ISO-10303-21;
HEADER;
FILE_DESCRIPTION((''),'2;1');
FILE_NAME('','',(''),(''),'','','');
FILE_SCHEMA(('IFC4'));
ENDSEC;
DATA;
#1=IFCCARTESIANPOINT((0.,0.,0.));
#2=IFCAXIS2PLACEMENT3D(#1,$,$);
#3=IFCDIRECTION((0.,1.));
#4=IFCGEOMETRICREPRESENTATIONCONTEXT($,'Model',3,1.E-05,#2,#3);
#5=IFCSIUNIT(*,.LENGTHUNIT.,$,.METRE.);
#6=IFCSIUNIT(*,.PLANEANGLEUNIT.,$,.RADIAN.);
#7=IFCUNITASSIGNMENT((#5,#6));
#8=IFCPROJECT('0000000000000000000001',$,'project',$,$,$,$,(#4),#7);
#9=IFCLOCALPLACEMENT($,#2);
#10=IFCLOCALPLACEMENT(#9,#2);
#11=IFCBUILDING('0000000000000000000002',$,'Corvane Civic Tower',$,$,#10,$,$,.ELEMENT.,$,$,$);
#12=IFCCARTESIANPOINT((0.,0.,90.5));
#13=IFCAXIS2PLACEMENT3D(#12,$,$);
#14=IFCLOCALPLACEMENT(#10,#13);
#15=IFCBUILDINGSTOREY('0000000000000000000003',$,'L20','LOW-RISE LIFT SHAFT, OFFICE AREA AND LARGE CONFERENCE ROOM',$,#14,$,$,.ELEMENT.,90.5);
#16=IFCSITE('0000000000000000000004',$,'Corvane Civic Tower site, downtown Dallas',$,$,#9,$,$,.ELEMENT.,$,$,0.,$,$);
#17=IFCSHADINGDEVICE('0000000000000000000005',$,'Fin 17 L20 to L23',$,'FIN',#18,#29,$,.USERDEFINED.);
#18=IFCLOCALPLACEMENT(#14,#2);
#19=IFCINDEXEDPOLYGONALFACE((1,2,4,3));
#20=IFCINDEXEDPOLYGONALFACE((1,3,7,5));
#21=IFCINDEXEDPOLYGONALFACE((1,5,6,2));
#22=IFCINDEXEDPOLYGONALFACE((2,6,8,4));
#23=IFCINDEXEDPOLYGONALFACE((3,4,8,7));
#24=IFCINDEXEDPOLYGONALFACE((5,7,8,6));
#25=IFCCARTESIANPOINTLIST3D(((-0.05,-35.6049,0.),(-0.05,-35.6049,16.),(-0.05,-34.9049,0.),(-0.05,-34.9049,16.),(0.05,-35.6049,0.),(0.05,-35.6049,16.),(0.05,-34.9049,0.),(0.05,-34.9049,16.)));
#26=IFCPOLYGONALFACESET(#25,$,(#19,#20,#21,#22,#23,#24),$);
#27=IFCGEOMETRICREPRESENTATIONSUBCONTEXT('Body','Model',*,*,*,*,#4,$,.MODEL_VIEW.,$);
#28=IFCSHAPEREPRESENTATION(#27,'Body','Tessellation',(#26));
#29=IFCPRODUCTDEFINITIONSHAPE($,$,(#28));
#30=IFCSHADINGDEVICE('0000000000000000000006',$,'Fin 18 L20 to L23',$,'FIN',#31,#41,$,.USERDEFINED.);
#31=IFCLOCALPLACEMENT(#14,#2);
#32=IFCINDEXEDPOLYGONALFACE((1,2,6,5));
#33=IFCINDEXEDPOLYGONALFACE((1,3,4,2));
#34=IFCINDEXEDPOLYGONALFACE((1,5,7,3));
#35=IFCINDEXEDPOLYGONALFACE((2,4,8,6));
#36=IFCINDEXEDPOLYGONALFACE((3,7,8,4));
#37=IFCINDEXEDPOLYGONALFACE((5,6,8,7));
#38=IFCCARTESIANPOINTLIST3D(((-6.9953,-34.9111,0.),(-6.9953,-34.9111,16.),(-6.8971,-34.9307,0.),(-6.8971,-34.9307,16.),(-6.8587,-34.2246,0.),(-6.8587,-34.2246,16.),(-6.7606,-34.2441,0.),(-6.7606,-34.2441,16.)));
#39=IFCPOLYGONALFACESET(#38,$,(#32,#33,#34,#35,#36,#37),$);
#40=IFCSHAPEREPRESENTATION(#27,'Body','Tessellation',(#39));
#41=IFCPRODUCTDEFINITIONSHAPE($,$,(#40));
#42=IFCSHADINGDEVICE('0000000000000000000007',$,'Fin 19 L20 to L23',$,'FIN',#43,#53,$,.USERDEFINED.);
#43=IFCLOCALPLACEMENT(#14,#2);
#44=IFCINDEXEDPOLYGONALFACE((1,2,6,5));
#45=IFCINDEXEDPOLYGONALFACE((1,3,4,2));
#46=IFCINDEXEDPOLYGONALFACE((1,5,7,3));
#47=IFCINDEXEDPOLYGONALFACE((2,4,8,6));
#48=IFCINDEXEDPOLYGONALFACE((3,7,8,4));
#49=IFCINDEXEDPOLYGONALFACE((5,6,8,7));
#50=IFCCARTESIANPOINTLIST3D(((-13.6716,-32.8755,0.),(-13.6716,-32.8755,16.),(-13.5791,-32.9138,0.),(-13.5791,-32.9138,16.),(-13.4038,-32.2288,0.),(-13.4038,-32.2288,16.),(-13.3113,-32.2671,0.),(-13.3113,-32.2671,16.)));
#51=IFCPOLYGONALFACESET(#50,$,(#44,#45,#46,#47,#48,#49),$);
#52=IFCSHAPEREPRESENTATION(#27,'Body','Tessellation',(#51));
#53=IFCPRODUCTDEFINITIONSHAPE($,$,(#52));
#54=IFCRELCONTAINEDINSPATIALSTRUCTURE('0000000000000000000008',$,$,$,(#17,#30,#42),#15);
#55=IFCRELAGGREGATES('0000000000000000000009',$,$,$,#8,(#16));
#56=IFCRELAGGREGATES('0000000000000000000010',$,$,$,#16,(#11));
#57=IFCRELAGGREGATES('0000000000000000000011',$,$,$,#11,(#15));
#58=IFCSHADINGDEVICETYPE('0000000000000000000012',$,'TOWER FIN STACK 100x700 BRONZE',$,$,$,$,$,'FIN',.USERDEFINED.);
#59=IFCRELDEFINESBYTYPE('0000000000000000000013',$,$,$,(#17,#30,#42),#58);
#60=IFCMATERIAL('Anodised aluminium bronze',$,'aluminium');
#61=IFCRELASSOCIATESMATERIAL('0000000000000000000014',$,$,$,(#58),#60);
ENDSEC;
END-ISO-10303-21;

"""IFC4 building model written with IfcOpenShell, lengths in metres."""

from ifc_helpers import new_model, si_unit, direction, frame, origin, origin_2d, place, context, subcontext, project, spatial, rectangle, extrude, material, material_profile, profile_set, type_object, element, save


model = new_model("IFC4")

# Units and contexts
model_context = context("Model", 3, precision=1e-05, world=origin(), true_north=direction((0.0, 1.0)))
body_context = subcontext(model_context, "Body", "Model", "MODEL_VIEW")
ifc_project = project(units=[si_unit("LENGTHUNIT", "METRE"), si_unit("PLANEANGLEUNIT", "RADIAN")], contexts=[model_context])

# Site, building, storey
site_placement = place(None, origin())
site = spatial("IfcSite", under=ifc_project, at=site_placement, Name="Corvane Civic Tower site, downtown Dallas", CompositionType="ELEMENT", RefElevation=0.0)
building_placement = place(site_placement, origin())
building = spatial("IfcBuilding", under=site, at=building_placement, Name="Corvane Civic Tower", CompositionType="ELEMENT")
storey_placement = place(building_placement, frame((0.0, 0.0, 90.5)))
storey = spatial("IfcBuildingStorey", under=building, at=storey_placement, Name="L20", Description="LOW-RISE LIFT SHAFT, OFFICE AREA AND LARGE CONFERENCE ROOM", CompositionType="ELEMENT", Elevation=90.5)

# Shading devices
ifc_material_1 = material(Name="Anodised aluminium bronze", Category="aluminium")
ifc_material_profile_1 = material_profile(ifc_material_1, rectangle(XDim=0.1001, YDim=0.7, at=origin_2d()), Name="TOWER FIN STACK 100x700 BRONZE")
ifc_profile_set_1 = profile_set([ifc_material_profile_1], Name="Anodised aluminium bronze")
shading_device_type = type_object("IfcShadingDeviceType", Name="TOWER FIN STACK 100x700 BRONZE", ElementType="FIN", PredefinedType="USERDEFINED", material=ifc_profile_set_1)
for number, where, z_axis, x_axis, name in (
    (1, (0.0, -35.2549, 0.0), (0.0, 0.0, 1.0), (-1.0, 0.0, 0.0), "Fin 17 L20 to L23"),
    (2, (-6.8779, -34.5776, 0.0), (0.0, 0.0, 1.0), (-0.980785, 0.19509, 0.0), "Fin 18 L20 to L23"),
    (3, (-13.4915, -32.5713, 0.0), (0.0, 0.0, 1.0), (-0.92388, 0.382683, 0.0), "Fin 19 L20 to L23"),
):
    element("IfcShadingDevice", number, at=place(storey_placement, frame(where, z_axis=z_axis, x_axis=x_axis)), inside=storey, type_object=shading_device_type, Name=name, ObjectType="FIN", PredefinedType="USERDEFINED", context=body_context, shape_type="SweptSolid", body=[
        extrude(rectangle(XDim=0.1001, YDim=0.7, at=origin_2d()), origin(), (0.0, 0.0, 1.0), 16.0),
    ])

save(model, "model.ifc")
